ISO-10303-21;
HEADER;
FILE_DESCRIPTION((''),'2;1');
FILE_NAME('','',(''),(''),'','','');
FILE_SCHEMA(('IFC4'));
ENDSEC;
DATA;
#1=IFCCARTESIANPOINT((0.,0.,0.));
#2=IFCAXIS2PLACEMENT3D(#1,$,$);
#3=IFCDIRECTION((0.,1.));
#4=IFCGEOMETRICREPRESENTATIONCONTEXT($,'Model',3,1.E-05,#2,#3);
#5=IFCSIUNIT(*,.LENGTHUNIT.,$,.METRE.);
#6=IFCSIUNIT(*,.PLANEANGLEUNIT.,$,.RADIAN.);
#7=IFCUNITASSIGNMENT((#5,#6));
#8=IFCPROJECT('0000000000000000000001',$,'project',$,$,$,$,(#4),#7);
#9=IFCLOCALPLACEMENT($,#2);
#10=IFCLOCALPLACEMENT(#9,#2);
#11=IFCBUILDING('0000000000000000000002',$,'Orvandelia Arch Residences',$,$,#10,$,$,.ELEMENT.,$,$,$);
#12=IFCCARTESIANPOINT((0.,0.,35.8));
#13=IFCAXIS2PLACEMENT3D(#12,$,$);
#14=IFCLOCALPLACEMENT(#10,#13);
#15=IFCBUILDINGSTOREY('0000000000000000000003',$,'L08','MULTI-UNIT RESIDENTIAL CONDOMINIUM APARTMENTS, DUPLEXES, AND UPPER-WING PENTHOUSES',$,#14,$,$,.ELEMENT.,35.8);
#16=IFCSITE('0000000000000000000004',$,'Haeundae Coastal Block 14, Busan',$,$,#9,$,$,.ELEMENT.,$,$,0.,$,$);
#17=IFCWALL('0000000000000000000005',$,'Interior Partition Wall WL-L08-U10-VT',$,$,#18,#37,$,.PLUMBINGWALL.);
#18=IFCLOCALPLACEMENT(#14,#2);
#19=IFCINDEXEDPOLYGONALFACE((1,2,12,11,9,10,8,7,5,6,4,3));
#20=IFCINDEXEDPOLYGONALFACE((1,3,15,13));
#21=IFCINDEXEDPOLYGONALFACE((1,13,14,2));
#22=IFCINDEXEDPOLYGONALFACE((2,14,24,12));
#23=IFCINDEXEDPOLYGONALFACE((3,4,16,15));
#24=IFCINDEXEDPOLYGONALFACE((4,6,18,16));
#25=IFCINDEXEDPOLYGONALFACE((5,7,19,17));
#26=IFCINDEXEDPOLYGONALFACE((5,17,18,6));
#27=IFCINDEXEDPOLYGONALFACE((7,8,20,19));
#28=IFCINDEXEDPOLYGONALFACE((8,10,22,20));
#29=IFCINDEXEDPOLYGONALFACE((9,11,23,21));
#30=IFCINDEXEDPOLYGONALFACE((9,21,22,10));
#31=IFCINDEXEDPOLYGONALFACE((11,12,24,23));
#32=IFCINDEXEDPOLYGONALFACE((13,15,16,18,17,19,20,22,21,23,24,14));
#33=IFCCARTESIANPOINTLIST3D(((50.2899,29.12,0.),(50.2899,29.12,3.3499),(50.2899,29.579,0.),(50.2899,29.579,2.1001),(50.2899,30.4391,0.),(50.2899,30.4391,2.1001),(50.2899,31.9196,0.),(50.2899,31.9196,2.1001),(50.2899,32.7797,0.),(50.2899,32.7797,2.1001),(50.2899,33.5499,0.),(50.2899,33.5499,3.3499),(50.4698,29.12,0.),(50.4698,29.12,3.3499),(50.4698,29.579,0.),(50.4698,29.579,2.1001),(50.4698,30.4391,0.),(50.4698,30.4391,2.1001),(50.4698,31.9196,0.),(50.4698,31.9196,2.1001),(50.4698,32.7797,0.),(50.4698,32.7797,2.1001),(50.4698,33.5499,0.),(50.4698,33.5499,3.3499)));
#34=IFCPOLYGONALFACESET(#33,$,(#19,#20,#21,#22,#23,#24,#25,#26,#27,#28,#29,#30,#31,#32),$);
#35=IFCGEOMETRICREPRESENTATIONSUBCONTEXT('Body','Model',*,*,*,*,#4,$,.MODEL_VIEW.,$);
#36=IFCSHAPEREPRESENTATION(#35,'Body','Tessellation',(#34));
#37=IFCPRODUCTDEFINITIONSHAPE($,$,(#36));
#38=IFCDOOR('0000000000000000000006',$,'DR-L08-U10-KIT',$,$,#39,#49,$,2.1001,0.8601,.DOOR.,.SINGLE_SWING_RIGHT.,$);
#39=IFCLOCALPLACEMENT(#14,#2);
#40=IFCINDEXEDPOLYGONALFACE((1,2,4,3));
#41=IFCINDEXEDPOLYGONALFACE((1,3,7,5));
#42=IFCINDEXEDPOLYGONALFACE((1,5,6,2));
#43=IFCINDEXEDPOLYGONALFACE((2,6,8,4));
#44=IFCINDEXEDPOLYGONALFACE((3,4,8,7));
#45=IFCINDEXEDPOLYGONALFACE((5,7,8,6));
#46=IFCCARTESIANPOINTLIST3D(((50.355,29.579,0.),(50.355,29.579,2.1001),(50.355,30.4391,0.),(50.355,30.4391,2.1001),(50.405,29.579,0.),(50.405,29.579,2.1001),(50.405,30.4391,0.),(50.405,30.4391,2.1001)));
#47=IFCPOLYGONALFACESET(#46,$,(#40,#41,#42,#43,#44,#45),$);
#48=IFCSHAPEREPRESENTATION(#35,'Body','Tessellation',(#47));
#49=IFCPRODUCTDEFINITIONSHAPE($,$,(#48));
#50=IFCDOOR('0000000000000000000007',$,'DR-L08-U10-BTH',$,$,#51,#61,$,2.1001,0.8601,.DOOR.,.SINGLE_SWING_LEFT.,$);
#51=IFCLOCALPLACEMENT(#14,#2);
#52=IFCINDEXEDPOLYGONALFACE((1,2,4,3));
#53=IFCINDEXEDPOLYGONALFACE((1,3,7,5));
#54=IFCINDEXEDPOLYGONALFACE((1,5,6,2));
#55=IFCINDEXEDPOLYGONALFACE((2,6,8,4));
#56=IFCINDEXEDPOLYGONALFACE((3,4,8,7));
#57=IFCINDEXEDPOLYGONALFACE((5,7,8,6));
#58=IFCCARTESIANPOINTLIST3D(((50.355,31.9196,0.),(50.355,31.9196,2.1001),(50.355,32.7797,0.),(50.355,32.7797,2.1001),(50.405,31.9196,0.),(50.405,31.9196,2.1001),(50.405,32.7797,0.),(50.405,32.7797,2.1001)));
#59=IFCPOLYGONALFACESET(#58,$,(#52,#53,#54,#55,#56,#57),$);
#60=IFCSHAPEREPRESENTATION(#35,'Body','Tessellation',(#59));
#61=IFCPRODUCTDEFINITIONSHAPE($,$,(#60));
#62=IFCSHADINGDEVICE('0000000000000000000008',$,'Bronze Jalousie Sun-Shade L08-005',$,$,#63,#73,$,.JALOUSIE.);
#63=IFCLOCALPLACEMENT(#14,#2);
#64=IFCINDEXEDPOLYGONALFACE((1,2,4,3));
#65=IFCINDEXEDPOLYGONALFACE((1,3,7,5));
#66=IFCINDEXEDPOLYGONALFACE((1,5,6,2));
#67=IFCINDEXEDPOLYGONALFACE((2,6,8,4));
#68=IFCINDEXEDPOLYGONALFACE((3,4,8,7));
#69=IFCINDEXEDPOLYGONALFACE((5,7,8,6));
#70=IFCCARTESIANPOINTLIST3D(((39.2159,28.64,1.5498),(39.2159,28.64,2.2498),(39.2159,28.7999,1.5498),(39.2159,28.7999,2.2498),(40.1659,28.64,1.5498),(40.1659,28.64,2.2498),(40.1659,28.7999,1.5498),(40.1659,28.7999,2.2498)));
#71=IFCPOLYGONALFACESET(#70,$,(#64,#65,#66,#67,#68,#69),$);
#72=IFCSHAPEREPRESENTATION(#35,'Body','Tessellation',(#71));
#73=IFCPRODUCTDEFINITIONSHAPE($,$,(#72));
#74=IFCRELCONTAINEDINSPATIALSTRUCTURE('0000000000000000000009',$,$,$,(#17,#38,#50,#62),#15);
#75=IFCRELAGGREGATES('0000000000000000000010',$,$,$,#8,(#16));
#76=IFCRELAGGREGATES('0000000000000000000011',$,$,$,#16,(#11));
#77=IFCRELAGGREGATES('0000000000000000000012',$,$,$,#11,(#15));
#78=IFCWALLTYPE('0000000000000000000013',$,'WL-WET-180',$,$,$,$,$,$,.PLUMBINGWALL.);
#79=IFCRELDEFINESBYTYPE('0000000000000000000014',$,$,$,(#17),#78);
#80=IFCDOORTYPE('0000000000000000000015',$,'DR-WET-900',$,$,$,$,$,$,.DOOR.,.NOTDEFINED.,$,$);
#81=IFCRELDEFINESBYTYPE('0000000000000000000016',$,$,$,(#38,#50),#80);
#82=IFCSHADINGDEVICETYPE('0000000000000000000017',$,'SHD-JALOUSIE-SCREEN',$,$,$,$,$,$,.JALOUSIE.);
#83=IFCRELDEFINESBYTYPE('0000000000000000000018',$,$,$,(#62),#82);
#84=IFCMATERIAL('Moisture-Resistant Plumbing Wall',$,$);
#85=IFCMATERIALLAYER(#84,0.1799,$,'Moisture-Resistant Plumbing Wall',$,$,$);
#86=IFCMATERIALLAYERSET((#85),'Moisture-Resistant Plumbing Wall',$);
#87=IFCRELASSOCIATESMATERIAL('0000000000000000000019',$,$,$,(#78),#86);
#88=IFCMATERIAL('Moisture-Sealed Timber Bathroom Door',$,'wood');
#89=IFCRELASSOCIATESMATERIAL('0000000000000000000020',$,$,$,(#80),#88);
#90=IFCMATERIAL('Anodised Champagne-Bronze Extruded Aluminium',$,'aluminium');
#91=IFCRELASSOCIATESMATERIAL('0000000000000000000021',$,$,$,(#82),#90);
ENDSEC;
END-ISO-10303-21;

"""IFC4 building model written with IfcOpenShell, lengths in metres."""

from ifc_helpers import new_model, si_unit, direction, frame, frame_2d, origin, origin_2d, place, context, subcontext, project, spatial, rectangle, extrude, material, layer, layer_set, type_object, element, fill, save


model = new_model("IFC4")

# Units and contexts
model_context = context("Model", 3, precision=1e-05, world=origin(), true_north=direction((0.0, 1.0)))
body_context = subcontext(model_context, "Body", "Model", "MODEL_VIEW")
ifc_project = project(units=[si_unit("LENGTHUNIT", "METRE"), si_unit("PLANEANGLEUNIT", "RADIAN")], contexts=[model_context])

# Site, building, storey
site_placement = place(None, origin())
site = spatial("IfcSite", under=ifc_project, at=site_placement, Name="Haeundae Coastal Block 14, Busan", CompositionType="ELEMENT", RefElevation=0.0)
building_placement = place(site_placement, origin())
building = spatial("IfcBuilding", under=site, at=building_placement, Name="Orvandelia Arch Residences", CompositionType="ELEMENT")
storey_placement = place(building_placement, frame((0.0, 0.0, 35.8)))
storey = spatial("IfcBuildingStorey", under=building, at=storey_placement, Name="L08", Description="MULTI-UNIT RESIDENTIAL CONDOMINIUM APARTMENTS, DUPLEXES, AND UPPER-WING PENTHOUSES", CompositionType="ELEMENT", Elevation=35.8)

# Shared definitions
ifc_material_1 = material(Name="Moisture-Resistant Plumbing Wall")
ifc_layer_1 = layer(ifc_material_1, 0.1799, Name="Moisture-Resistant Plumbing Wall")
ifc_layer_set_1 = layer_set([ifc_layer_1], Name="Moisture-Resistant Plumbing Wall")
wall_type_1 = type_object("IfcWallType", Name="WL-WET-180", PredefinedType="PLUMBINGWALL", material=ifc_layer_set_1)
ifc_material_2 = material(Name="Moisture-Sealed Timber Bathroom Door", Category="wood")
door_type = type_object("IfcDoorType", Name="DR-WET-900", OperationType="NOTDEFINED", PredefinedType="DOOR", material=ifc_material_2)

# Wall, openings, doors
wall_1_placement = place(storey_placement, frame((50.3799, 29.1201, 0.0), z_axis=(0.0, 0.0, 1.0), x_axis=(0.0, 1.0, 0.0)))
wall_1 = element("IfcWall", 1, at=wall_1_placement, inside=storey, type_object=wall_type_1, Name="Interior Partition Wall WL-L08-U10-VT", PredefinedType="PLUMBINGWALL", context=body_context, shape_type="SweptSolid", body=[
    extrude(rectangle(XDim=4.4299, YDim=0.1799, at=frame_2d((2.2148, 0.0))), origin(), (0.0, 0.0, 1.0), 3.3499),
])
opening_1_placement = place(wall_1_placement, frame((0.4587, 0.0, 0.0)))
opening_1 = element("IfcOpeningElement", 2, at=opening_1_placement, cuts=wall_1, PredefinedType="OPENING", context=body_context, shape_type="SweptSolid", body=[
    extrude(rectangle(XDim=0.8601, YDim=2.1001, at=frame_2d((0.4302, 1.05))), frame((0.0, 0.1001, 0.0), z_axis=(0.0, -1.0, 0.0), x_axis=(1.0, 0.0, 0.0)), (0.0, 0.0, 1.0), 0.2),
])
opening_2_placement = place(wall_1_placement, frame((2.7993, 0.0, 0.0)))
opening_2 = element("IfcOpeningElement", 3, at=opening_2_placement, cuts=wall_1, PredefinedType="OPENING", context=body_context, shape_type="SweptSolid", body=[
    extrude(rectangle(XDim=0.8601, YDim=2.1001, at=frame_2d((0.4302, 1.05))), frame((0.0, 0.1001, 0.0), z_axis=(0.0, -1.0, 0.0), x_axis=(1.0, 0.0, 0.0)), (0.0, 0.0, 1.0), 0.2),
])
door_1_placement = place(opening_1_placement, origin())
door_1 = element("IfcDoor", 4, at=door_1_placement, inside=storey, type_object=door_type, Name="DR-L08-U10-KIT", OperationType="SINGLE_SWING_RIGHT", OverallHeight=2.1001, OverallWidth=0.8601, PredefinedType="DOOR", context=body_context, shape_type="SweptSolid", body=[
    extrude(rectangle(XDim=0.8601, YDim=2.1001, at=frame_2d((0.4302, 1.05))), frame((0.0, 0.0249, 0.0), z_axis=(0.0, -1.0, 0.0), x_axis=(1.0, 0.0, 0.0)), (0.0, 0.0, 1.0), 0.05),
])
fill(opening_1, door_1)
door_2_placement = place(opening_2_placement, origin())
door_2 = element("IfcDoor", 5, at=door_2_placement, inside=storey, type_object=door_type, Name="DR-L08-U10-BTH", OperationType="SINGLE_SWING_LEFT", OverallHeight=2.1001, OverallWidth=0.8601, PredefinedType="DOOR", context=body_context, shape_type="SweptSolid", body=[
    extrude(rectangle(XDim=0.8601, YDim=2.1001, at=frame_2d((0.4302, 1.05))), frame((0.0, 0.0249, 0.0), z_axis=(0.0, -1.0, 0.0), x_axis=(1.0, 0.0, 0.0)), (0.0, 0.0, 1.0), 0.05),
])
fill(opening_2, door_2)

# Shading device
ifc_material_3 = material(Name="Anodised Champagne-Bronze Extruded Aluminium", Category="aluminium")
shading_device_type = type_object("IfcShadingDeviceType", Name="SHD-JALOUSIE-SCREEN", PredefinedType="JALOUSIE", material=ifc_material_3)
shading_device_placement = place(storey_placement, frame((39.6909, 28.72, 1.5498), z_axis=(0.0, 0.0, 1.0), x_axis=(-1.0, 0.0, 0.0)))
element("IfcShadingDevice", 6, at=shading_device_placement, inside=storey, type_object=shading_device_type, Name="Bronze Jalousie Sun-Shade L08-005", PredefinedType="JALOUSIE", context=body_context, shape_type="SweptSolid", body=[
    extrude(rectangle(XDim=0.95, YDim=0.1599, at=origin_2d()), origin(), (0.0, 0.0, 1.0), 0.7),
])

save(model, "model.ifc")
